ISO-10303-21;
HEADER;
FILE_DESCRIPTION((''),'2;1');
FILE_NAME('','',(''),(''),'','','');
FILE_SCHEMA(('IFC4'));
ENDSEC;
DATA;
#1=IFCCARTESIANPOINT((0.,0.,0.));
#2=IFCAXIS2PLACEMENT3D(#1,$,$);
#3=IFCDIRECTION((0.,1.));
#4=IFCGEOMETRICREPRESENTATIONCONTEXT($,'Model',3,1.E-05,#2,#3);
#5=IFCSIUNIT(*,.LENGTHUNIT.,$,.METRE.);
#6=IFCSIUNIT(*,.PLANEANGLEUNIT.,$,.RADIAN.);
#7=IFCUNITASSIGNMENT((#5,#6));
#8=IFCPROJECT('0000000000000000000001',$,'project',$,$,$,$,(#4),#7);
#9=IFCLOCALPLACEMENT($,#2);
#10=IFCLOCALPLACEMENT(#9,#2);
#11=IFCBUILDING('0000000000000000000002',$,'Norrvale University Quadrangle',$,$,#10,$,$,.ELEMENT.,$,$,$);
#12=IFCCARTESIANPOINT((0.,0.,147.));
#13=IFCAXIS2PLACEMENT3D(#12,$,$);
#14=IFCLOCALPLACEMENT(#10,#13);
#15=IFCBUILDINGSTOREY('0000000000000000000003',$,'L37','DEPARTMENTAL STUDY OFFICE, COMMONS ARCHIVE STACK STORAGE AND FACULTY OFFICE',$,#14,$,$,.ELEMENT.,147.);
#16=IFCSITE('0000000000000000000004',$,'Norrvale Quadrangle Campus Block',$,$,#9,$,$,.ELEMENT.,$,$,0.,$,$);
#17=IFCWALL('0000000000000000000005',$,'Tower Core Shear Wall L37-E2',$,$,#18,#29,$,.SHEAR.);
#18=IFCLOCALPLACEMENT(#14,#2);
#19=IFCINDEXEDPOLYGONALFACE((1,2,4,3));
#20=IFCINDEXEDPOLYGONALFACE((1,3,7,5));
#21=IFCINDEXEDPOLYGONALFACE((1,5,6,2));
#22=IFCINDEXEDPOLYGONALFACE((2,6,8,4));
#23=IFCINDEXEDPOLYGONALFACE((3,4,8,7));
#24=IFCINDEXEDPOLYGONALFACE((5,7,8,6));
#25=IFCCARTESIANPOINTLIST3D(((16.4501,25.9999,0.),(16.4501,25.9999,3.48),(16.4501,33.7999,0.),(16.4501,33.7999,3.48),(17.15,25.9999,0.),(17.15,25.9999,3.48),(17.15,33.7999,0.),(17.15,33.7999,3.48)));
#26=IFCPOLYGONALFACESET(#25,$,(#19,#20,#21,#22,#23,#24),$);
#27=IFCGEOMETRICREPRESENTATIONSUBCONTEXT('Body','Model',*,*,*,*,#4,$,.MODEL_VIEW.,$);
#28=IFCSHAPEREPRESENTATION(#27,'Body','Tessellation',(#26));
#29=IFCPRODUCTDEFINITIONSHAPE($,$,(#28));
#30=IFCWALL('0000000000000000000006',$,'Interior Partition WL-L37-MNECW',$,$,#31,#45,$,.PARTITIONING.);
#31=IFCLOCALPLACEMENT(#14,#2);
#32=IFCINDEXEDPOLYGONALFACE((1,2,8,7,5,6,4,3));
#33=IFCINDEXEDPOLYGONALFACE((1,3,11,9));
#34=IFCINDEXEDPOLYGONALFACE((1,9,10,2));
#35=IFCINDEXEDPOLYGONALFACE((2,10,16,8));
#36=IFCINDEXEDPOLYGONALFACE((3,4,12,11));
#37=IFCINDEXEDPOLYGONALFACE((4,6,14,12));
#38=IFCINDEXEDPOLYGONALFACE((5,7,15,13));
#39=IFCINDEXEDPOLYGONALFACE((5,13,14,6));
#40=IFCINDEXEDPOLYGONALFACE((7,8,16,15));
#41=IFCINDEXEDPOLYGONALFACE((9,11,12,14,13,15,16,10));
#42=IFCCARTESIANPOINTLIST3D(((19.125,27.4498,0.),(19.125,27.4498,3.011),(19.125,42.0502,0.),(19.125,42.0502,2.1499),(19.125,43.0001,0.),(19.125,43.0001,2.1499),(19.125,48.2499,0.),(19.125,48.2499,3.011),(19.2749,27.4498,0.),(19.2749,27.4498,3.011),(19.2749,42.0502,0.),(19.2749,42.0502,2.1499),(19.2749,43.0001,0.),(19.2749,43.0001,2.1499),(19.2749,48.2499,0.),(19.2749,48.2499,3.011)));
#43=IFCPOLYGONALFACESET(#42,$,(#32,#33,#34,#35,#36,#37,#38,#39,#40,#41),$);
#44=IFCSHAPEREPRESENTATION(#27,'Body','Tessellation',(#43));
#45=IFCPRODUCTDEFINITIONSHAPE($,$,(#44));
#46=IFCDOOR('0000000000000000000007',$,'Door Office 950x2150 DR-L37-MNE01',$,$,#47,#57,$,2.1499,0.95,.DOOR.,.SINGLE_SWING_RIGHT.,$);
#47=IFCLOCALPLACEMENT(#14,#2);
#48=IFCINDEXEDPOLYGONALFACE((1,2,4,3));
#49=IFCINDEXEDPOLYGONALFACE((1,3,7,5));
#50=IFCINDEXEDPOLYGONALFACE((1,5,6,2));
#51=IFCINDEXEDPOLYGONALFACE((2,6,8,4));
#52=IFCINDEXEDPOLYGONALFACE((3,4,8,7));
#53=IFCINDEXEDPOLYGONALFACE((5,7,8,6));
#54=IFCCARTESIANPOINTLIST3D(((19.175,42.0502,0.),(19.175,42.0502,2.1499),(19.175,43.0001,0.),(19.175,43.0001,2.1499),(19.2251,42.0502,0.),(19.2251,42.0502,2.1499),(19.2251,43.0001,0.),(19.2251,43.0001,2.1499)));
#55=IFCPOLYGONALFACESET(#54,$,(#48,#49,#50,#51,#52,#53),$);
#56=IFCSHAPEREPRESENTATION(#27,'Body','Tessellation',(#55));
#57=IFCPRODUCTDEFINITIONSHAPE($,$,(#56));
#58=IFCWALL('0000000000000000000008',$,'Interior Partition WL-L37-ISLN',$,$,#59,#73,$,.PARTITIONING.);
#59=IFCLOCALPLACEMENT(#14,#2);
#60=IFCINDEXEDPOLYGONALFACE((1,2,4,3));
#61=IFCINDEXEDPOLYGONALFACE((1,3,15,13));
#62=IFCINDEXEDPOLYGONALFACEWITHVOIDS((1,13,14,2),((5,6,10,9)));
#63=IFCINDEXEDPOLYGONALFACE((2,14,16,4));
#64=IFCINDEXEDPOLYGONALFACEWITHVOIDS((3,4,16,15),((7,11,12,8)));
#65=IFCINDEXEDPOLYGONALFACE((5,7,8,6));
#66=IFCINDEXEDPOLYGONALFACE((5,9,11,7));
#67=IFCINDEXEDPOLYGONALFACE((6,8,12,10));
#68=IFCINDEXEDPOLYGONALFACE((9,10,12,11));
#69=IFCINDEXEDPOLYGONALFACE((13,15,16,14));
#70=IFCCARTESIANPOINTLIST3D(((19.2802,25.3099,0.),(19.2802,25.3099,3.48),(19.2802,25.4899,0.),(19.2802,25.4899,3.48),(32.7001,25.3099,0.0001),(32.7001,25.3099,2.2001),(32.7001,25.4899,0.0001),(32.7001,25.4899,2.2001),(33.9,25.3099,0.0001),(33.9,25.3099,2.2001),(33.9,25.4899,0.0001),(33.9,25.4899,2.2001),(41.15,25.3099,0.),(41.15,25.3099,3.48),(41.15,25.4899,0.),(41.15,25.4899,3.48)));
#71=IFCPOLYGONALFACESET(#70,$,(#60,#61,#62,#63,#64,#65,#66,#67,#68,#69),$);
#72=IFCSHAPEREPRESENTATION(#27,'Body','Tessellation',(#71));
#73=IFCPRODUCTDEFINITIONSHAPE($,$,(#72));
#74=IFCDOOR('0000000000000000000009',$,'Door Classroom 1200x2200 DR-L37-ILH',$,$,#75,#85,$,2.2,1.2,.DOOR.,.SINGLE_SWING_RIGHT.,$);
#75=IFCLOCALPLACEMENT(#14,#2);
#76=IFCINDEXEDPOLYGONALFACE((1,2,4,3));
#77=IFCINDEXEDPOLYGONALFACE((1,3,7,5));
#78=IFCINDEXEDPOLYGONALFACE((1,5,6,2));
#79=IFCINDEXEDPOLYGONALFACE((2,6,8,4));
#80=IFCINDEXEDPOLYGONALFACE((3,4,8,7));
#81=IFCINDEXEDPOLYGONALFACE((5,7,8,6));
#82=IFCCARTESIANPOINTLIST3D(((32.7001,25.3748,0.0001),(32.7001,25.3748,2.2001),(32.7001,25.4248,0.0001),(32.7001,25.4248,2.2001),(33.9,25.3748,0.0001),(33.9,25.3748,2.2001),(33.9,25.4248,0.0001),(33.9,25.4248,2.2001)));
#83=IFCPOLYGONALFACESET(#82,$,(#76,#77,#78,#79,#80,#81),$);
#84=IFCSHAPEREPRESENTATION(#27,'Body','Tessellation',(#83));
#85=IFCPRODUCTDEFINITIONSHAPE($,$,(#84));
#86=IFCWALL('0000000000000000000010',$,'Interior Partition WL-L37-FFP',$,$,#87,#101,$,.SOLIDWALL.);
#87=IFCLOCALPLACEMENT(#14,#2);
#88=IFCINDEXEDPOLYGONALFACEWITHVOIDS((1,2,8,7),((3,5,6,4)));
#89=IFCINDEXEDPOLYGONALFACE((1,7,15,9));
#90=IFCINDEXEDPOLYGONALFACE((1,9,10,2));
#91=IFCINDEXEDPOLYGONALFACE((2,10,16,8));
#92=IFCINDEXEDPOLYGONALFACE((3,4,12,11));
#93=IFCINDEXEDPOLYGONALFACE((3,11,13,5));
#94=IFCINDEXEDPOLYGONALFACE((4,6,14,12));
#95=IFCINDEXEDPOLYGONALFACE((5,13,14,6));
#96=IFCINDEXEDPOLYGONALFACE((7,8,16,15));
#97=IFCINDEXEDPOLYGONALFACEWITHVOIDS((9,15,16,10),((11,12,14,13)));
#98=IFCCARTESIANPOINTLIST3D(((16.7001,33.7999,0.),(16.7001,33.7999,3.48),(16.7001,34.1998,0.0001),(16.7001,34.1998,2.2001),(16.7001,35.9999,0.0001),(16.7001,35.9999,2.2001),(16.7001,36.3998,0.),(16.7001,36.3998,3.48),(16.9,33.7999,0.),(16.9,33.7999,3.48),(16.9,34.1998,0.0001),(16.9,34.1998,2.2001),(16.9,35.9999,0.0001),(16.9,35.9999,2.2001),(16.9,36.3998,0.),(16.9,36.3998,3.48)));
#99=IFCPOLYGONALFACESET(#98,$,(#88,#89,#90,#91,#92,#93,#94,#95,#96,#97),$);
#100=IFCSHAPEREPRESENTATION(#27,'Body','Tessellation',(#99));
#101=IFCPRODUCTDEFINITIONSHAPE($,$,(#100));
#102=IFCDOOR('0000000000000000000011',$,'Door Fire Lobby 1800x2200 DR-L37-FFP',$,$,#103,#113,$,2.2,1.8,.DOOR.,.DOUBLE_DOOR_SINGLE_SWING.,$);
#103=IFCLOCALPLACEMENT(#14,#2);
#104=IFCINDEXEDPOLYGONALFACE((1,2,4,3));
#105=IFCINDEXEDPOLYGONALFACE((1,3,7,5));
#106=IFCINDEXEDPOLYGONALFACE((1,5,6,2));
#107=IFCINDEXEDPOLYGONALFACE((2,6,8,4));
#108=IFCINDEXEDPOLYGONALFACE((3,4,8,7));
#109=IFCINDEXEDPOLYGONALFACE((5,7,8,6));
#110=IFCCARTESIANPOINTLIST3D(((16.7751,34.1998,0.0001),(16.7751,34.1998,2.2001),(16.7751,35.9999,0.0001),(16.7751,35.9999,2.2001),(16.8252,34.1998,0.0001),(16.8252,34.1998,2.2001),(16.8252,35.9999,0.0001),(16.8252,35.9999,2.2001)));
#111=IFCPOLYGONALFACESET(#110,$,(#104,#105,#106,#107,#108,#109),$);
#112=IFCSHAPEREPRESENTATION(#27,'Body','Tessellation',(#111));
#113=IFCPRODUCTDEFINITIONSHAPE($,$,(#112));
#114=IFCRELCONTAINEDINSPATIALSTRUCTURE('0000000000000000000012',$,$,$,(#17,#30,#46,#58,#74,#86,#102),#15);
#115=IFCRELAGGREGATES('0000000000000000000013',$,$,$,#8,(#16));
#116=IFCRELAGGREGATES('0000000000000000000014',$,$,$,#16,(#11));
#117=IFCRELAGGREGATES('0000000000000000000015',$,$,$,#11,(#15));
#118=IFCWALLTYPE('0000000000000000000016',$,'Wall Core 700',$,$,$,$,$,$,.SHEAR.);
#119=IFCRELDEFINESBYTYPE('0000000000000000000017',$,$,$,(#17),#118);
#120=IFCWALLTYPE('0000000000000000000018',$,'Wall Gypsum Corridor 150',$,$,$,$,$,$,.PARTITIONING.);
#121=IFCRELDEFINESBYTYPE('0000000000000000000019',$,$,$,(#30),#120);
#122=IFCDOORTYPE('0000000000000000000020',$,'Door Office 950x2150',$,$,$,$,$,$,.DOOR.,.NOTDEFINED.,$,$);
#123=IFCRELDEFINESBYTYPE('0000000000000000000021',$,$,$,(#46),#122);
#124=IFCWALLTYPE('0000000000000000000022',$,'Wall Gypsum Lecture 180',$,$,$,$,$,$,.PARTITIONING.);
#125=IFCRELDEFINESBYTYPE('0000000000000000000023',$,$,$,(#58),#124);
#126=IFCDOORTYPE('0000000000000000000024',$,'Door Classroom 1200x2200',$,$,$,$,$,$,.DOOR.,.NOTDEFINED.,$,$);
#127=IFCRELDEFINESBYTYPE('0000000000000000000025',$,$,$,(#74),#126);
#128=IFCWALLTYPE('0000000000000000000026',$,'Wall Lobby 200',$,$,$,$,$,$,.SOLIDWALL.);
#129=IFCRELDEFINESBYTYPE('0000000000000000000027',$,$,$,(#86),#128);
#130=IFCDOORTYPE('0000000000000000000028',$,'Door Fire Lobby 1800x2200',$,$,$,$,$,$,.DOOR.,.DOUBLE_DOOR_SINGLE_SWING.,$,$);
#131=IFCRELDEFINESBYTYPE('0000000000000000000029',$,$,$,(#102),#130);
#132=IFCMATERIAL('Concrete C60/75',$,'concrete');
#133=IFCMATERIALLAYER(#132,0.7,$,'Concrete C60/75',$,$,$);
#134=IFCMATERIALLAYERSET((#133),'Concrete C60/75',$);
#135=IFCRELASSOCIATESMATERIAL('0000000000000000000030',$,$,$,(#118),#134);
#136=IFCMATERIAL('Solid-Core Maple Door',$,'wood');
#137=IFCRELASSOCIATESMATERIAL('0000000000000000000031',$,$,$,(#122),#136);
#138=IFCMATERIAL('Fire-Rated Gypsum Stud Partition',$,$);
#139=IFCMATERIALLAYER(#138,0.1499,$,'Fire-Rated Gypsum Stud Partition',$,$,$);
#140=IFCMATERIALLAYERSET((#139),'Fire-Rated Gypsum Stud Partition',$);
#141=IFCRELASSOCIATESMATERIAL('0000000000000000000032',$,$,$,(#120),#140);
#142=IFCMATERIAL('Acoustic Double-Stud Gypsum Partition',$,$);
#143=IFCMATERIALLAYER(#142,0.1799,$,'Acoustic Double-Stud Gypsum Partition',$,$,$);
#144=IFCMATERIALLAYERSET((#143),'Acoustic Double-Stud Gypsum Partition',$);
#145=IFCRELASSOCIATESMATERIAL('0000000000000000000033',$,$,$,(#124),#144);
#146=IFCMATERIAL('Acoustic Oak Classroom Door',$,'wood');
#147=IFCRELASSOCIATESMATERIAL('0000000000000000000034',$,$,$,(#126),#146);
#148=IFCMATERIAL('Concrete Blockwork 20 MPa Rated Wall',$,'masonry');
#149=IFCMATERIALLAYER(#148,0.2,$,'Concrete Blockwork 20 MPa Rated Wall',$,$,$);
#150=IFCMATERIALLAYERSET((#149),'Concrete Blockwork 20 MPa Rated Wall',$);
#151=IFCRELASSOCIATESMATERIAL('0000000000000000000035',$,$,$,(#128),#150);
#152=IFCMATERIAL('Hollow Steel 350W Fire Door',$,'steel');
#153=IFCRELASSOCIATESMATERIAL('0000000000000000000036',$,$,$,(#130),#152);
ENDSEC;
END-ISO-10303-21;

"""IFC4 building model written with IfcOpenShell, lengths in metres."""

from ifc_helpers import new_model, si_unit, direction, frame, frame_2d, origin, place, context, subcontext, project, spatial, rectangle, extrude, material, layer, layer_set, type_object, element, fill, save


model = new_model("IFC4")

# Units and contexts
model_context = context("Model", 3, precision=1e-05, world=origin(), true_north=direction((0.0, 1.0)))
body_context = subcontext(model_context, "Body", "Model", "MODEL_VIEW")
ifc_project = project(units=[si_unit("LENGTHUNIT", "METRE"), si_unit("PLANEANGLEUNIT", "RADIAN")], contexts=[model_context])

# Site, building, storey
site_placement = place(None, origin())
site = spatial("IfcSite", under=ifc_project, at=site_placement, Name="Norrvale Quadrangle Campus Block", CompositionType="ELEMENT", RefElevation=0.0)
building_placement = place(site_placement, origin())
building = spatial("IfcBuilding", under=site, at=building_placement, Name="Norrvale University Quadrangle", CompositionType="ELEMENT")
storey_placement = place(building_placement, frame((0.0, 0.0, 147.0)))
storey = spatial("IfcBuildingStorey", under=building, at=storey_placement, Name="L37", Description="DEPARTMENTAL STUDY OFFICE, COMMONS ARCHIVE STACK STORAGE AND FACULTY OFFICE", CompositionType="ELEMENT", Elevation=147.0)

# Shared definitions
ifc_material_1 = material(Name="Concrete C60/75", Category="concrete")

# Wall
ifc_layer_1 = layer(ifc_material_1, 0.7, Name="Concrete C60/75")
ifc_layer_set_1 = layer_set([ifc_layer_1], Name="Concrete C60/75")
wall_type_1 = type_object("IfcWallType", Name="Wall Core 700", PredefinedType="SHEAR", material=ifc_layer_set_1)
wall_1_placement = place(storey_placement, frame((16.8, 26.0, 0.0), z_axis=(0.0, 0.0, 1.0), x_axis=(0.0, 1.0, 0.0)))
element("IfcWall", 1, at=wall_1_placement, inside=storey, type_object=wall_type_1, Name="Tower Core Shear Wall L37-E2", PredefinedType="SHEAR", context=body_context, shape_type="SweptSolid", body=[
    extrude(rectangle(XDim=7.8, YDim=0.7, at=frame_2d((3.8999, 0.0))), origin(), (0.0, 0.0, 1.0), 3.48),
])

# Walls, openings, doors
ifc_material_2 = material(Name="Solid-Core Maple Door", Category="wood")
door_type_1 = type_object("IfcDoorType", Name="Door Office 950x2150", OperationType="NOTDEFINED", PredefinedType="DOOR", material=ifc_material_2)
ifc_material_3 = material(Name="Fire-Rated Gypsum Stud Partition")
ifc_layer_2 = layer(ifc_material_3, 0.1499, Name="Fire-Rated Gypsum Stud Partition")
ifc_layer_set_2 = layer_set([ifc_layer_2], Name="Fire-Rated Gypsum Stud Partition")
wall_type_2 = type_object("IfcWallType", Name="Wall Gypsum Corridor 150", PredefinedType="PARTITIONING", material=ifc_layer_set_2)
wall_2_placement = place(storey_placement, frame((19.2, 27.45, 0.0), z_axis=(0.0, 0.0, 1.0), x_axis=(0.0, 1.0, 0.0)))
wall_2 = element("IfcWall", 2, at=wall_2_placement, inside=storey, type_object=wall_type_2, Name="Interior Partition WL-L37-MNECW", PredefinedType="PARTITIONING", context=body_context, shape_type="SweptSolid", body=[
    extrude(rectangle(XDim=20.8, YDim=0.1499, at=frame_2d((10.3999, 0.0))), origin(), (0.0, 0.0, 1.0), 3.011),
])
opening_1_placement = place(wall_2_placement, frame((14.6001, 0.0, 0.0)))
opening_1 = element("IfcOpeningElement", 3, at=opening_1_placement, cuts=wall_2, PredefinedType="OPENING", context=body_context, shape_type="SweptSolid", body=[
    extrude(rectangle(XDim=0.95, YDim=2.1499, at=frame_2d((0.4751, 1.075))), frame((0.0, 0.0869, 0.0), z_axis=(0.0, -1.0, 0.0), x_axis=(1.0, 0.0, 0.0)), (0.0, 0.0, 1.0), 0.1738),
])
door_1_placement = place(opening_1_placement, origin())
door_1 = element("IfcDoor", 4, at=door_1_placement, inside=storey, type_object=door_type_1, Name="Door Office 950x2150 DR-L37-MNE01", OperationType="SINGLE_SWING_RIGHT", OverallHeight=2.1499, OverallWidth=0.95, PredefinedType="DOOR", context=body_context, shape_type="SweptSolid", body=[
    extrude(rectangle(XDim=0.95, YDim=2.1499, at=frame_2d((0.4751, 1.075))), frame((0.0, 0.0249, 0.0), z_axis=(0.0, -1.0, 0.0), x_axis=(1.0, 0.0, 0.0)), (0.0, 0.0, 1.0), 0.05),
])
fill(opening_1, door_1)
ifc_material_4 = material(Name="Acoustic Double-Stud Gypsum Partition")
ifc_layer_3 = layer(ifc_material_4, 0.1799, Name="Acoustic Double-Stud Gypsum Partition")
ifc_layer_set_3 = layer_set([ifc_layer_3], Name="Acoustic Double-Stud Gypsum Partition")
wall_type_3 = type_object("IfcWallType", Name="Wall Gypsum Lecture 180", PredefinedType="PARTITIONING", material=ifc_layer_set_3)
wall_3_placement = place(storey_placement, frame((19.28, 25.3999, 0.0), z_axis=(0.0, 0.0, 1.0), x_axis=(1.0, 0.0, 0.0)))
wall_3 = element("IfcWall", 5, at=wall_3_placement, inside=storey, type_object=wall_type_3, Name="Interior Partition WL-L37-ISLN", PredefinedType="PARTITIONING", context=body_context, shape_type="SweptSolid", body=[
    extrude(rectangle(XDim=21.8699, YDim=0.1799, at=frame_2d((10.9351, 0.0))), origin(), (0.0, 0.0, 1.0), 3.48),
])
opening_2_placement = place(wall_3_placement, frame((13.4199, 0.0, 0.0)))
opening_2 = element("IfcOpeningElement", 6, at=opening_2_placement, cuts=wall_3, PredefinedType="OPENING", context=body_context, shape_type="SweptSolid", body=[
    extrude(rectangle(XDim=1.2, YDim=2.2, at=frame_2d((0.6001, 1.1001))), frame((0.0, 0.1021, 0.0), z_axis=(0.0, -1.0, 0.0), x_axis=(1.0, 0.0, 0.0)), (0.0, 0.0, 1.0), 0.2039),
])
ifc_material_5 = material(Name="Acoustic Oak Classroom Door", Category="wood")
door_type_2 = type_object("IfcDoorType", Name="Door Classroom 1200x2200", OperationType="NOTDEFINED", PredefinedType="DOOR", material=ifc_material_5)
door_2_placement = place(opening_2_placement, origin())
door_2 = element("IfcDoor", 7, at=door_2_placement, inside=storey, type_object=door_type_2, Name="Door Classroom 1200x2200 DR-L37-ILH", OperationType="SINGLE_SWING_RIGHT", OverallHeight=2.2, OverallWidth=1.2, PredefinedType="DOOR", context=body_context, shape_type="SweptSolid", body=[
    extrude(rectangle(XDim=1.2, YDim=2.2, at=frame_2d((0.6001, 1.1001))), frame((0.0, 0.0249, 0.0), z_axis=(0.0, -1.0, 0.0), x_axis=(1.0, 0.0, 0.0)), (0.0, 0.0, 1.0), 0.05),
])
fill(opening_2, door_2)
ifc_material_6 = material(Name="Concrete Blockwork 20 MPa Rated Wall", Category="masonry")
ifc_layer_4 = layer(ifc_material_6, 0.2, Name="Concrete Blockwork 20 MPa Rated Wall")
ifc_layer_set_4 = layer_set([ifc_layer_4], Name="Concrete Blockwork 20 MPa Rated Wall")
wall_type_4 = type_object("IfcWallType", Name="Wall Lobby 200", PredefinedType="SOLIDWALL", material=ifc_layer_set_4)
wall_4_placement = place(storey_placement, frame((16.8, 33.8, 0.0), z_axis=(0.0, 0.0, 1.0), x_axis=(0.0, 1.0, 0.0)))
wall_4 = element("IfcWall", 8, at=wall_4_placement, inside=storey, type_object=wall_type_4, Name="Interior Partition WL-L37-FFP", PredefinedType="SOLIDWALL", context=body_context, shape_type="SweptSolid", body=[
    extrude(rectangle(XDim=2.5999, YDim=0.2, at=frame_2d((1.2998, 0.0))), origin(), (0.0, 0.0, 1.0), 3.48),
])
opening_3_placement = place(wall_4_placement, frame((0.3999, 0.0, 0.0)))
opening_3 = element("IfcOpeningElement", 9, at=opening_3_placement, cuts=wall_4, PredefinedType="OPENING", context=body_context, shape_type="SweptSolid", body=[
    extrude(rectangle(XDim=1.8, YDim=2.2, at=frame_2d((0.8999, 1.1001))), frame((0.0, 0.1121, 0.0), z_axis=(0.0, -1.0, 0.0), x_axis=(1.0, 0.0, 0.0)), (0.0, 0.0, 1.0), 0.2239),
])
ifc_material_7 = material(Name="Hollow Steel 350W Fire Door", Category="steel")
door_type_3 = type_object("IfcDoorType", Name="Door Fire Lobby 1800x2200", OperationType="DOUBLE_DOOR_SINGLE_SWING", PredefinedType="DOOR", material=ifc_material_7)
door_3_placement = place(opening_3_placement, origin())
door_3 = element("IfcDoor", 10, at=door_3_placement, inside=storey, type_object=door_type_3, Name="Door Fire Lobby 1800x2200 DR-L37-FFP", OperationType="DOUBLE_DOOR_SINGLE_SWING", OverallHeight=2.2, OverallWidth=1.8, PredefinedType="DOOR", context=body_context, shape_type="SweptSolid", body=[
    extrude(rectangle(XDim=1.8, YDim=2.2, at=frame_2d((0.8999, 1.1001))), frame((0.0, 0.0249, 0.0), z_axis=(0.0, -1.0, 0.0), x_axis=(1.0, 0.0, 0.0)), (0.0, 0.0, 1.0), 0.05),
])
fill(opening_3, door_3)

save(model, "model.ifc")
